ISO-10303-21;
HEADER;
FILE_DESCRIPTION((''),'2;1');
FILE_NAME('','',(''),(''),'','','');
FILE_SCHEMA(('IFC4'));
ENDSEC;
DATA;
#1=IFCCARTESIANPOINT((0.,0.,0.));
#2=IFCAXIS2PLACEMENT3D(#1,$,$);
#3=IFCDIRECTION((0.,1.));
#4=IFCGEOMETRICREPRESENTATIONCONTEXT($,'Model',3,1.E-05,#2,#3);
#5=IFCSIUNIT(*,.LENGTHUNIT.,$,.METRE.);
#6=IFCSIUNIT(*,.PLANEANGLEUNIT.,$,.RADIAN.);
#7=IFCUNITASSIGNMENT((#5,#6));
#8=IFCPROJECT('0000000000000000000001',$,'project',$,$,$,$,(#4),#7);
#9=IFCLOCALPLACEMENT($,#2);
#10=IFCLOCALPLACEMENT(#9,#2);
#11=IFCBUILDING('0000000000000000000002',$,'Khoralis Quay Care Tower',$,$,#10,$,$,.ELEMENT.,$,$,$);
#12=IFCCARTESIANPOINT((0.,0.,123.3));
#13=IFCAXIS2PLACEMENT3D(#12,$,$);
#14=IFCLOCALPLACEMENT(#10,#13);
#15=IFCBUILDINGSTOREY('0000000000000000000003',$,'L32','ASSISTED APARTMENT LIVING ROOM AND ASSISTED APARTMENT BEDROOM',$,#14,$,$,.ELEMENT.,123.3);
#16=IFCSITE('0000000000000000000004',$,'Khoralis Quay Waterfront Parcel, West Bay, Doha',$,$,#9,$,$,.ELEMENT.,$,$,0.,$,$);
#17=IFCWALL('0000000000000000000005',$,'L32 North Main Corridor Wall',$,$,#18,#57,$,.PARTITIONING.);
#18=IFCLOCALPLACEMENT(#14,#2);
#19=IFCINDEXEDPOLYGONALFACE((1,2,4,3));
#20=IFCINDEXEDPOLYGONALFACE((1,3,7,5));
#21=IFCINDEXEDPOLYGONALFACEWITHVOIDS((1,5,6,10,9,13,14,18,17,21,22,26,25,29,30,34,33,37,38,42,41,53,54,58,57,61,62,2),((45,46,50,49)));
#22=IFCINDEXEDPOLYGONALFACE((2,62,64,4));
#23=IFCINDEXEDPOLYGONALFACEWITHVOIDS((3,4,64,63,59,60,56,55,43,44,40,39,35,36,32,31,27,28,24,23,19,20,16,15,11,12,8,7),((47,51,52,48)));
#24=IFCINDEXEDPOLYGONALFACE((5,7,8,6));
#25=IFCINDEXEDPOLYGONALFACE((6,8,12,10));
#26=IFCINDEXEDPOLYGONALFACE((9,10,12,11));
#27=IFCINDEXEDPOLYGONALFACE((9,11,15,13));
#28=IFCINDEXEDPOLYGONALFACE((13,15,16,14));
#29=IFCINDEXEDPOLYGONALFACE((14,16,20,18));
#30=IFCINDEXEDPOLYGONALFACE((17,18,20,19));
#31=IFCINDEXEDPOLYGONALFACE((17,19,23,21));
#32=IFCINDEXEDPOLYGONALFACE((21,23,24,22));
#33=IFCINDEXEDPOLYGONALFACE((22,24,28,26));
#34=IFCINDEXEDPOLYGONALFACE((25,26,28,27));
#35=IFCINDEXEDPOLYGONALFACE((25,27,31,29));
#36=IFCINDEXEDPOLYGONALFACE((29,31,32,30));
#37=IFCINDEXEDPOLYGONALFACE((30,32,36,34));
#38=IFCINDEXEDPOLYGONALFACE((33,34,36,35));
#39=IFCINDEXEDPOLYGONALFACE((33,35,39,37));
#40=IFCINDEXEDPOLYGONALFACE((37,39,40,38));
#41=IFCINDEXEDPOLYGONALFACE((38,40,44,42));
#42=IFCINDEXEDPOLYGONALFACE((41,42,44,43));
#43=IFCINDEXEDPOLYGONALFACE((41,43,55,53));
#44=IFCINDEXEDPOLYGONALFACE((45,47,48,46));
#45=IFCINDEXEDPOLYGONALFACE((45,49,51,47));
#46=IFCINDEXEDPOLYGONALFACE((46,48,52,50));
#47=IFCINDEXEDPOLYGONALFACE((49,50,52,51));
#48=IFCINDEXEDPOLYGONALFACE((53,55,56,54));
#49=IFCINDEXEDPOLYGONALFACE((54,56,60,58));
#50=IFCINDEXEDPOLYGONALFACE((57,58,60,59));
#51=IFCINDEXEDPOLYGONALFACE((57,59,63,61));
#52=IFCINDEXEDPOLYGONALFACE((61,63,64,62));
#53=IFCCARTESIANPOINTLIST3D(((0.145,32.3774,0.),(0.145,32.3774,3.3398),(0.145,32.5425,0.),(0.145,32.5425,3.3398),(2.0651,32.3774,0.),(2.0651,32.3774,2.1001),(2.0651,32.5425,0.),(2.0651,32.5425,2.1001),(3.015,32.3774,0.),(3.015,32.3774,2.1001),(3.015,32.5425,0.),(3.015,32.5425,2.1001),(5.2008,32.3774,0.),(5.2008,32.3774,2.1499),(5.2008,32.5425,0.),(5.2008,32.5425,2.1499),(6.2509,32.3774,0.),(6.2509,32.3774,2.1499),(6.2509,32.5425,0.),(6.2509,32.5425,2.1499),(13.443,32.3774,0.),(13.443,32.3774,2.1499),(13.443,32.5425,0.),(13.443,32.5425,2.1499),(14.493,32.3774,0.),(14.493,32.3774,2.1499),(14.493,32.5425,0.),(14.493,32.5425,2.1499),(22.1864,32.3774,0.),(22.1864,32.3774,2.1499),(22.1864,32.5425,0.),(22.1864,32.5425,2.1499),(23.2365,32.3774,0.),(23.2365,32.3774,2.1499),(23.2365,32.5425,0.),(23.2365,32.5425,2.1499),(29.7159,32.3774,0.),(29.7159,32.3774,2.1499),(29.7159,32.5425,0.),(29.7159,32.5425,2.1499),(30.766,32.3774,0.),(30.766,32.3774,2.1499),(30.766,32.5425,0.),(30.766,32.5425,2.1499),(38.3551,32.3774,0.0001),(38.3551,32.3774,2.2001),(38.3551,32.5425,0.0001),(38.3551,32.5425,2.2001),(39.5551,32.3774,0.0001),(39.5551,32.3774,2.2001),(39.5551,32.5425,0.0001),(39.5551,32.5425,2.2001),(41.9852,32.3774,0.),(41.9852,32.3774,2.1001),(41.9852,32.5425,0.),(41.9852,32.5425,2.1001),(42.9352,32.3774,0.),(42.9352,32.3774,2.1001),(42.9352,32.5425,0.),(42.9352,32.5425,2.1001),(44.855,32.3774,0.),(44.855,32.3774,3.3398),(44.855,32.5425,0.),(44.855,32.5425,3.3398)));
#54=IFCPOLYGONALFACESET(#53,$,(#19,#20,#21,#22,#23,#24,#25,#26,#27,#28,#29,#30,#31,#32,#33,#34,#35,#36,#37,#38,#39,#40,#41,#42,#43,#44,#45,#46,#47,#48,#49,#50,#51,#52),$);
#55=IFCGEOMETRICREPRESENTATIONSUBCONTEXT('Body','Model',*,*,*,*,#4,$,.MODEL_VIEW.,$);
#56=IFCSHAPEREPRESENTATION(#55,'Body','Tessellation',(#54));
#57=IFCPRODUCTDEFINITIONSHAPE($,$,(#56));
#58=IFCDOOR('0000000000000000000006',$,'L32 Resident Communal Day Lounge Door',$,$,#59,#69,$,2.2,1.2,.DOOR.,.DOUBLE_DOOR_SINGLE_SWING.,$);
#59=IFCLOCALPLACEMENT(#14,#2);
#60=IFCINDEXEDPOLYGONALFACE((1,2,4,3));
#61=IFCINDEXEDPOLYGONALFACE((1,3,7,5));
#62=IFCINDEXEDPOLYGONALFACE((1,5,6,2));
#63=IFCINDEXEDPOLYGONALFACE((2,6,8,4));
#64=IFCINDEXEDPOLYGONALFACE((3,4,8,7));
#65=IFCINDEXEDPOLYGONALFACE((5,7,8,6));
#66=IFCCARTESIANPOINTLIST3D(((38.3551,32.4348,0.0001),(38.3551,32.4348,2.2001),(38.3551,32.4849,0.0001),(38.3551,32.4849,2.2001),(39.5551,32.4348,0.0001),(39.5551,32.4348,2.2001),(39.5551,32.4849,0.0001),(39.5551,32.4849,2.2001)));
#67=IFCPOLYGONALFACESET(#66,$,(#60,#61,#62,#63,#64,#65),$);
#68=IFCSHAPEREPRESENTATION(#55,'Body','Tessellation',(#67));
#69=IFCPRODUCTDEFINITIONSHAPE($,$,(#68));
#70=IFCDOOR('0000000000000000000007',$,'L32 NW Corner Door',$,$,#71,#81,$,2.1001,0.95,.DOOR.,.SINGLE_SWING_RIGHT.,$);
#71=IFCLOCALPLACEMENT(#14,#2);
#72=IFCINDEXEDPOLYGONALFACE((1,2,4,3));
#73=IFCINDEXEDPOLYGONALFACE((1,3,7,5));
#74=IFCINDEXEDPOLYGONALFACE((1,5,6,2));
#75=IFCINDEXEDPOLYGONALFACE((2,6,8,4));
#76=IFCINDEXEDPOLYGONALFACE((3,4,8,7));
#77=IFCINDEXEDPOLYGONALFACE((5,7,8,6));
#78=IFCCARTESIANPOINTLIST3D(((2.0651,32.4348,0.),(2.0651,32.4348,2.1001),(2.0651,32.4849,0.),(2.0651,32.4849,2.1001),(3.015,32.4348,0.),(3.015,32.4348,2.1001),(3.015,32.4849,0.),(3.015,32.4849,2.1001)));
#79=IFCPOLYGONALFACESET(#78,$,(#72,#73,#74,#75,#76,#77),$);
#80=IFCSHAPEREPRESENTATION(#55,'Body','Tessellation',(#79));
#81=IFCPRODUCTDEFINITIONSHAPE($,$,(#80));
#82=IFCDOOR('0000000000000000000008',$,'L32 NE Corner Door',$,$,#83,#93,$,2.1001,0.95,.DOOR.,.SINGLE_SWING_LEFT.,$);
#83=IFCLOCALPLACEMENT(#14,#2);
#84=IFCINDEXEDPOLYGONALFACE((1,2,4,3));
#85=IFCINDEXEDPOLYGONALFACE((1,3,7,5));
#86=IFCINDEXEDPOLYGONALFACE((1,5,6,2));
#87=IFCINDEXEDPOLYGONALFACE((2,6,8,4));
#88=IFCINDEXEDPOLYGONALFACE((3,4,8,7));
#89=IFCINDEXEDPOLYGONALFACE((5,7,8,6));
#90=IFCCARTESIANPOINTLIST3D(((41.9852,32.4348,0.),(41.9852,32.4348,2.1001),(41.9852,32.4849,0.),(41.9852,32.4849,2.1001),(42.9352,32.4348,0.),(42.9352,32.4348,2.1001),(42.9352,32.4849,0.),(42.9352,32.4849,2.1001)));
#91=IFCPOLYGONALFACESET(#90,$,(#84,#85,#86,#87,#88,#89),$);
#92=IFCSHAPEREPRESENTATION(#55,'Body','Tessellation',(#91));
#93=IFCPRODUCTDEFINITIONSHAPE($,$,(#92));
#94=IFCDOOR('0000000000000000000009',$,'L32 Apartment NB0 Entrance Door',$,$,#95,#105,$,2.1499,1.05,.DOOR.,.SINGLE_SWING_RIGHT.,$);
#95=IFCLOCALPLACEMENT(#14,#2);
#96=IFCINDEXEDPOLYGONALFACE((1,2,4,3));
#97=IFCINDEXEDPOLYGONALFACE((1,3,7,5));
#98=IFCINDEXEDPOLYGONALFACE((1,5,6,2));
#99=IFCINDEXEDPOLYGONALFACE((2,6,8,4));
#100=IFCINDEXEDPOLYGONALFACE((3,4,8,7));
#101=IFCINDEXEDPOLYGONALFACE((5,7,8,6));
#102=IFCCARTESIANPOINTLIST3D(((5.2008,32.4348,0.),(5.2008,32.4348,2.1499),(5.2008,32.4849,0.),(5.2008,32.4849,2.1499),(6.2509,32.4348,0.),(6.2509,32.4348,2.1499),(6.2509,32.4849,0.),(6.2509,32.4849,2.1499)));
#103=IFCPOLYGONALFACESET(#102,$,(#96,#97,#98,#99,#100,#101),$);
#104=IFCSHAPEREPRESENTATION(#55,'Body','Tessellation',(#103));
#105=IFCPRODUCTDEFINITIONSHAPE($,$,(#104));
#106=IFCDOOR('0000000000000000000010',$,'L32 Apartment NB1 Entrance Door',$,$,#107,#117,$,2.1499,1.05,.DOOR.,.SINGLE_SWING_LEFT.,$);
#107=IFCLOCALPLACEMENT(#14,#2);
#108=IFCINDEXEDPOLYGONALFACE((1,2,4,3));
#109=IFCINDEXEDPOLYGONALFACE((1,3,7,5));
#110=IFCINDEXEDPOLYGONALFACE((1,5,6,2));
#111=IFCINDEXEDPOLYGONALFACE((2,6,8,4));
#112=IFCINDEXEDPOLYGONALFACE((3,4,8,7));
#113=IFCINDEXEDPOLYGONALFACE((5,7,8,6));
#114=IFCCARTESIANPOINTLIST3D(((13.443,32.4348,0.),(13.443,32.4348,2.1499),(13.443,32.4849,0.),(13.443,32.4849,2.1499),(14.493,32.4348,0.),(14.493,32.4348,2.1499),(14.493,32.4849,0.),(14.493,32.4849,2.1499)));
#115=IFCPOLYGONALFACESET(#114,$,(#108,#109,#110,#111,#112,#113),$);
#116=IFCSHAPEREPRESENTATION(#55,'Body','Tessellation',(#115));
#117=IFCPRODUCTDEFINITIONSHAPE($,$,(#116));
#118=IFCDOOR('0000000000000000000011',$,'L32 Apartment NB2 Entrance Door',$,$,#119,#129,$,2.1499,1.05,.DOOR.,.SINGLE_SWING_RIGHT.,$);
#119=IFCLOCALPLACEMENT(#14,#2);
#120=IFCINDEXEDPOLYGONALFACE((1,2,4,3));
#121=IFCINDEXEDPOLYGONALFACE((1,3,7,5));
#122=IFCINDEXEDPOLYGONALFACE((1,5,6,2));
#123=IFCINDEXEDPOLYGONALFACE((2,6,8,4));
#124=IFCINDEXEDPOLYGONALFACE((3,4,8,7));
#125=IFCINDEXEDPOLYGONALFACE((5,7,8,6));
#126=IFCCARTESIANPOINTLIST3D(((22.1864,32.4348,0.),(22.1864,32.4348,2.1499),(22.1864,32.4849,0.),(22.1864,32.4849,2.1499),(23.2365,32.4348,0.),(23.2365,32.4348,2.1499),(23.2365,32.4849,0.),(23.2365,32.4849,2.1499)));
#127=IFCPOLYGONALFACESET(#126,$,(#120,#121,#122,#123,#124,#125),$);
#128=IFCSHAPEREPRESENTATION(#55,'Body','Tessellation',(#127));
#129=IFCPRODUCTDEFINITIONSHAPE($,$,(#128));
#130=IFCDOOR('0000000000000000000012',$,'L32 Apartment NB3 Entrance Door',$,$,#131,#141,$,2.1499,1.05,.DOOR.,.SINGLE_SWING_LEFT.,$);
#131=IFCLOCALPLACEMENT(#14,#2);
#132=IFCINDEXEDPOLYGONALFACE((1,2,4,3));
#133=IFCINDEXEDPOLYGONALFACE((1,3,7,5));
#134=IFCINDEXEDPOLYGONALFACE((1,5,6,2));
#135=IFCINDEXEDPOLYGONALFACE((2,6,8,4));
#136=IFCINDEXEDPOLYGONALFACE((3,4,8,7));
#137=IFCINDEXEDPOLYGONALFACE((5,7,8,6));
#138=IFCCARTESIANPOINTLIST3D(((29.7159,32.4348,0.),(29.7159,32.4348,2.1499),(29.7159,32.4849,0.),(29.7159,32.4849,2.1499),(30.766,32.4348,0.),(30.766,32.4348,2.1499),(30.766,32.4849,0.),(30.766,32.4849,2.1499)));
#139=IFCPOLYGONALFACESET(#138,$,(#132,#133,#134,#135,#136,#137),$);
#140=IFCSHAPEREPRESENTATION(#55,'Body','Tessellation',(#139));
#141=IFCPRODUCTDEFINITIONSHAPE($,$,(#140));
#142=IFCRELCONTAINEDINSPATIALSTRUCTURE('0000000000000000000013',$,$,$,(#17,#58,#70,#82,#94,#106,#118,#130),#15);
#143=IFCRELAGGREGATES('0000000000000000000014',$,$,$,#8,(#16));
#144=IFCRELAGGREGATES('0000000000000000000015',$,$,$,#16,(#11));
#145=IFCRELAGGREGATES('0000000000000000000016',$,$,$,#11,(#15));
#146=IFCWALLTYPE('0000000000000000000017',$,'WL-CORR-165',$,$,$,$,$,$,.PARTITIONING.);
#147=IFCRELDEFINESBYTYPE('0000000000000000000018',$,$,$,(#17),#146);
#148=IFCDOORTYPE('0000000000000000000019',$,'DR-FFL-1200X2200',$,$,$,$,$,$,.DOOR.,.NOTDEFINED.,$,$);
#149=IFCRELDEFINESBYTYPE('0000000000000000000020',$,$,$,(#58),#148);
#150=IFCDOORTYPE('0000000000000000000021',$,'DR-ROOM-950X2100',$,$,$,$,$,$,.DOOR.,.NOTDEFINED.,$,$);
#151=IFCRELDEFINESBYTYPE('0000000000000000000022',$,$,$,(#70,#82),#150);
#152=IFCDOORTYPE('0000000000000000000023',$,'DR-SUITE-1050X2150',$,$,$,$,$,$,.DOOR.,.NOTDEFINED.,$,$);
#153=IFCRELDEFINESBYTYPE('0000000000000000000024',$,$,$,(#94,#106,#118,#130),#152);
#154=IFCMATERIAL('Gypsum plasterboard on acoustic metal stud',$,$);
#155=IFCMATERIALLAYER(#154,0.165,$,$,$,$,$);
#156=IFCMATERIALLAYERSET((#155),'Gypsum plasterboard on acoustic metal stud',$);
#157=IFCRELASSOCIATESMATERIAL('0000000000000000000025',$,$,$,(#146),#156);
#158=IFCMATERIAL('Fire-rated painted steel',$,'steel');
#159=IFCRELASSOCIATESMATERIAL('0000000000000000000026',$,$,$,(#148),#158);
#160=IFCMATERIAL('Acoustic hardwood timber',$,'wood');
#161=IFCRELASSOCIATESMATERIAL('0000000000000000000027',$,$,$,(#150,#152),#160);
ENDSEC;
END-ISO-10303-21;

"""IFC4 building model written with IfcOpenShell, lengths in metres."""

from ifc_helpers import new_model, si_unit, direction, frame, frame_2d, origin, place, context, subcontext, project, spatial, rectangle, extrude, source, transform, mapped, material, layer, layer_set, type_object, element, fill, save


model = new_model("IFC4")

# Units and contexts
model_context = context("Model", 3, precision=1e-05, world=origin(), true_north=direction((0.0, 1.0)))
body_context = subcontext(model_context, "Body", "Model", "MODEL_VIEW")
ifc_project = project(units=[si_unit("LENGTHUNIT", "METRE"), si_unit("PLANEANGLEUNIT", "RADIAN")], contexts=[model_context])

# Site, building, storey
site_placement = place(None, origin())
site = spatial("IfcSite", under=ifc_project, at=site_placement, Name="Khoralis Quay Waterfront Parcel, West Bay, Doha", CompositionType="ELEMENT", RefElevation=0.0)
building_placement = place(site_placement, origin())
building = spatial("IfcBuilding", under=site, at=building_placement, Name="Khoralis Quay Care Tower", CompositionType="ELEMENT")
storey_placement = place(building_placement, frame((0.0, 0.0, 123.3)))
storey = spatial("IfcBuildingStorey", under=building, at=storey_placement, Name="L32", Description="ASSISTED APARTMENT LIVING ROOM AND ASSISTED APARTMENT BEDROOM", CompositionType="ELEMENT", Elevation=123.3)

# Wall, openings, doors
ifc_material_1 = material(Name="Gypsum plasterboard on acoustic metal stud")
ifc_layer_1 = layer(ifc_material_1, 0.165)
ifc_layer_set_1 = layer_set([ifc_layer_1], Name="Gypsum plasterboard on acoustic metal stud")
wall_type_1 = type_object("IfcWallType", Name="WL-CORR-165", PredefinedType="PARTITIONING", material=ifc_layer_set_1)
wall_1_placement = place(storey_placement, frame((0.145, 32.46, 0.0), z_axis=(0.0, 0.0, 1.0), x_axis=(1.0, 0.0, 0.0)))
wall_1 = element("IfcWall", 1, at=wall_1_placement, inside=storey, type_object=wall_type_1, Name="L32 North Main Corridor Wall", PredefinedType="PARTITIONING", context=body_context, shape_type="SweptSolid", body=[
    extrude(rectangle(XDim=44.71, YDim=0.165, at=frame_2d((22.355, 0.0))), origin(), (0.0, 0.0, 1.0), 3.3398),
])
opening_1_placement = place(wall_1_placement, frame((5.0559, 0.0, 0.0)))
opening_1 = element("IfcOpeningElement", 2, at=opening_1_placement, cuts=wall_1, PredefinedType="OPENING", context=body_context, shape_type="SweptSolid", body=[
    extrude(rectangle(XDim=1.05, YDim=2.1499, at=frame_2d((0.5249, 1.075))), frame((0.0, 0.0925, 0.0), z_axis=(0.0, -1.0, 0.0), x_axis=(1.0, 0.0, 0.0)), (0.0, 0.0, 1.0), 0.1851),
])
opening_2_placement = place(wall_1_placement, frame((13.2981, 0.0, 0.0)))
opening_2 = element("IfcOpeningElement", 3, at=opening_2_placement, cuts=wall_1, PredefinedType="OPENING", context=body_context, shape_type="SweptSolid", body=[
    extrude(rectangle(XDim=1.05, YDim=2.1499, at=frame_2d((0.5249, 1.075))), frame((0.0, 0.0925, 0.0), z_axis=(0.0, -1.0, 0.0), x_axis=(1.0, 0.0, 0.0)), (0.0, 0.0, 1.0), 0.1851),
])
opening_3_placement = place(wall_1_placement, frame((22.0415, 0.0, 0.0)))
opening_3 = element("IfcOpeningElement", 4, at=opening_3_placement, cuts=wall_1, PredefinedType="OPENING", context=body_context, shape_type="SweptSolid", body=[
    extrude(rectangle(XDim=1.05, YDim=2.1499, at=frame_2d((0.5249, 1.075))), frame((0.0, 0.0925, 0.0), z_axis=(0.0, -1.0, 0.0), x_axis=(1.0, 0.0, 0.0)), (0.0, 0.0, 1.0), 0.1851),
])
opening_4_placement = place(wall_1_placement, frame((29.571, 0.0, 0.0)))
opening_4 = element("IfcOpeningElement", 5, at=opening_4_placement, cuts=wall_1, PredefinedType="OPENING", context=body_context, shape_type="SweptSolid", body=[
    extrude(rectangle(XDim=1.05, YDim=2.1499, at=frame_2d((0.5249, 1.075))), frame((0.0, 0.0925, 0.0), z_axis=(0.0, -1.0, 0.0), x_axis=(1.0, 0.0, 0.0)), (0.0, 0.0, 1.0), 0.1851),
])
opening_5_placement = place(wall_1_placement, frame((38.21, 0.0, 0.0)))
opening_5 = element("IfcOpeningElement", 6, at=opening_5_placement, cuts=wall_1, PredefinedType="OPENING", context=body_context, shape_type="SweptSolid", body=[
    extrude(rectangle(XDim=1.2, YDim=2.2, at=frame_2d((0.6001, 1.1001))), frame((0.0, 0.0925, 0.0), z_axis=(0.0, -1.0, 0.0), x_axis=(1.0, 0.0, 0.0)), (0.0, 0.0, 1.0), 0.1851),
])
opening_6_placement = place(wall_1_placement, frame((1.9199, 0.0, 0.0)))
opening_6 = element("IfcOpeningElement", 7, at=opening_6_placement, cuts=wall_1, PredefinedType="OPENING", context=body_context, shape_type="SweptSolid", body=[
    extrude(rectangle(XDim=0.95, YDim=2.1001, at=frame_2d((0.4751, 1.05))), frame((0.0, 0.0925, 0.0), z_axis=(0.0, -1.0, 0.0), x_axis=(1.0, 0.0, 0.0)), (0.0, 0.0, 1.0), 0.1851),
])
opening_7_placement = place(wall_1_placement, frame((41.8401, 0.0, 0.0)))
opening_7 = element("IfcOpeningElement", 8, at=opening_7_placement, cuts=wall_1, PredefinedType="OPENING", context=body_context, shape_type="SweptSolid", body=[
    extrude(rectangle(XDim=0.95, YDim=2.1001, at=frame_2d((0.4751, 1.05))), frame((0.0, 0.0925, 0.0), z_axis=(0.0, -1.0, 0.0), x_axis=(1.0, 0.0, 0.0)), (0.0, 0.0, 1.0), 0.1851),
])
ifc_material_2 = material(Name="Fire-rated painted steel", Category="steel")
door_type_1 = type_object("IfcDoorType", Name="DR-FFL-1200X2200", OperationType="NOTDEFINED", PredefinedType="DOOR", material=ifc_material_2)
shared_shape_1 = source(origin(), body_context, "Body", "SweptSolid", [
    extrude(rectangle(XDim=1.2, YDim=2.2, at=frame_2d((0.6001, 1.1001))), frame((0.0, 0.0249, 0.0), z_axis=(0.0, -1.0, 0.0), x_axis=(1.0, 0.0, 0.0)), (0.0, 0.0, 1.0), 0.05),
])
door_1_placement = place(opening_5_placement, origin())
door_1 = element("IfcDoor", 9, at=door_1_placement, inside=storey, type_object=door_type_1, Name="L32 Resident Communal Day Lounge Door", OperationType="DOUBLE_DOOR_SINGLE_SWING", OverallHeight=2.2, OverallWidth=1.2, PredefinedType="DOOR", context=body_context, shape_type="MappedRepresentation", body=[
    mapped(shared_shape_1, transform((0.0, 0.0, 0.0), scale=1.0)),
])
fill(opening_5, door_1)
ifc_material_3 = material(Name="Acoustic hardwood timber", Category="wood")
door_type_2 = type_object("IfcDoorType", Name="DR-ROOM-950X2100", OperationType="NOTDEFINED", PredefinedType="DOOR", material=ifc_material_3)
shared_shape_2 = source(origin(), body_context, "Body", "SweptSolid", [
    extrude(rectangle(XDim=0.95, YDim=2.1001, at=frame_2d((0.4751, 1.05))), frame((0.0, 0.0249, 0.0), z_axis=(0.0, -1.0, 0.0), x_axis=(1.0, 0.0, 0.0)), (0.0, 0.0, 1.0), 0.05),
])
door_2_placement = place(opening_6_placement, origin())
door_2 = element("IfcDoor", 10, at=door_2_placement, inside=storey, type_object=door_type_2, Name="L32 NW Corner Door", OperationType="SINGLE_SWING_RIGHT", OverallHeight=2.1001, OverallWidth=0.95, PredefinedType="DOOR", context=body_context, shape_type="MappedRepresentation", body=[
    mapped(shared_shape_2, transform((0.0, 0.0, 0.0), scale=1.0)),
])
fill(opening_6, door_2)
door_3_placement = place(opening_7_placement, origin())
door_3 = element("IfcDoor", 11, at=door_3_placement, inside=storey, type_object=door_type_2, Name="L32 NE Corner Door", OperationType="SINGLE_SWING_LEFT", OverallHeight=2.1001, OverallWidth=0.95, PredefinedType="DOOR", context=body_context, shape_type="MappedRepresentation", body=[
    mapped(shared_shape_2, transform((0.0, 0.0, 0.0), scale=1.0)),
])
fill(opening_7, door_3)
door_type_3 = type_object("IfcDoorType", Name="DR-SUITE-1050X2150", OperationType="NOTDEFINED", PredefinedType="DOOR", material=ifc_material_3)
shared_shape_3 = source(origin(), body_context, "Body", "SweptSolid", [
    extrude(rectangle(XDim=1.05, YDim=2.1499, at=frame_2d((0.5249, 1.075))), frame((0.0, 0.0249, 0.0), z_axis=(0.0, -1.0, 0.0), x_axis=(1.0, 0.0, 0.0)), (0.0, 0.0, 1.0), 0.05),
])
door_4_placement = place(opening_1_placement, origin())
door_4 = element("IfcDoor", 12, at=door_4_placement, inside=storey, type_object=door_type_3, Name="L32 Apartment NB0 Entrance Door", OperationType="SINGLE_SWING_RIGHT", OverallHeight=2.1499, OverallWidth=1.05, PredefinedType="DOOR", context=body_context, shape_type="MappedRepresentation", body=[
    mapped(shared_shape_3, transform((0.0, 0.0, 0.0), scale=1.0)),
])
fill(opening_1, door_4)
door_5_placement = place(opening_2_placement, origin())
door_5 = element("IfcDoor", 13, at=door_5_placement, inside=storey, type_object=door_type_3, Name="L32 Apartment NB1 Entrance Door", OperationType="SINGLE_SWING_LEFT", OverallHeight=2.1499, OverallWidth=1.05, PredefinedType="DOOR", context=body_context, shape_type="MappedRepresentation", body=[
    mapped(shared_shape_3, transform((0.0, 0.0, 0.0), scale=1.0)),
])
fill(opening_2, door_5)
door_6_placement = place(opening_3_placement, origin())
door_6 = element("IfcDoor", 14, at=door_6_placement, inside=storey, type_object=door_type_3, Name="L32 Apartment NB2 Entrance Door", OperationType="SINGLE_SWING_RIGHT", OverallHeight=2.1499, OverallWidth=1.05, PredefinedType="DOOR", context=body_context, shape_type="MappedRepresentation", body=[
    mapped(shared_shape_3, transform((0.0, 0.0, 0.0), scale=1.0)),
])
fill(opening_3, door_6)
door_7_placement = place(opening_4_placement, origin())
door_7 = element("IfcDoor", 15, at=door_7_placement, inside=storey, type_object=door_type_3, Name="L32 Apartment NB3 Entrance Door", OperationType="SINGLE_SWING_LEFT", OverallHeight=2.1499, OverallWidth=1.05, PredefinedType="DOOR", context=body_context, shape_type="MappedRepresentation", body=[
    mapped(shared_shape_3, transform((0.0, 0.0, 0.0), scale=1.0)),
])
fill(opening_4, door_7)

save(model, "model.ifc")
